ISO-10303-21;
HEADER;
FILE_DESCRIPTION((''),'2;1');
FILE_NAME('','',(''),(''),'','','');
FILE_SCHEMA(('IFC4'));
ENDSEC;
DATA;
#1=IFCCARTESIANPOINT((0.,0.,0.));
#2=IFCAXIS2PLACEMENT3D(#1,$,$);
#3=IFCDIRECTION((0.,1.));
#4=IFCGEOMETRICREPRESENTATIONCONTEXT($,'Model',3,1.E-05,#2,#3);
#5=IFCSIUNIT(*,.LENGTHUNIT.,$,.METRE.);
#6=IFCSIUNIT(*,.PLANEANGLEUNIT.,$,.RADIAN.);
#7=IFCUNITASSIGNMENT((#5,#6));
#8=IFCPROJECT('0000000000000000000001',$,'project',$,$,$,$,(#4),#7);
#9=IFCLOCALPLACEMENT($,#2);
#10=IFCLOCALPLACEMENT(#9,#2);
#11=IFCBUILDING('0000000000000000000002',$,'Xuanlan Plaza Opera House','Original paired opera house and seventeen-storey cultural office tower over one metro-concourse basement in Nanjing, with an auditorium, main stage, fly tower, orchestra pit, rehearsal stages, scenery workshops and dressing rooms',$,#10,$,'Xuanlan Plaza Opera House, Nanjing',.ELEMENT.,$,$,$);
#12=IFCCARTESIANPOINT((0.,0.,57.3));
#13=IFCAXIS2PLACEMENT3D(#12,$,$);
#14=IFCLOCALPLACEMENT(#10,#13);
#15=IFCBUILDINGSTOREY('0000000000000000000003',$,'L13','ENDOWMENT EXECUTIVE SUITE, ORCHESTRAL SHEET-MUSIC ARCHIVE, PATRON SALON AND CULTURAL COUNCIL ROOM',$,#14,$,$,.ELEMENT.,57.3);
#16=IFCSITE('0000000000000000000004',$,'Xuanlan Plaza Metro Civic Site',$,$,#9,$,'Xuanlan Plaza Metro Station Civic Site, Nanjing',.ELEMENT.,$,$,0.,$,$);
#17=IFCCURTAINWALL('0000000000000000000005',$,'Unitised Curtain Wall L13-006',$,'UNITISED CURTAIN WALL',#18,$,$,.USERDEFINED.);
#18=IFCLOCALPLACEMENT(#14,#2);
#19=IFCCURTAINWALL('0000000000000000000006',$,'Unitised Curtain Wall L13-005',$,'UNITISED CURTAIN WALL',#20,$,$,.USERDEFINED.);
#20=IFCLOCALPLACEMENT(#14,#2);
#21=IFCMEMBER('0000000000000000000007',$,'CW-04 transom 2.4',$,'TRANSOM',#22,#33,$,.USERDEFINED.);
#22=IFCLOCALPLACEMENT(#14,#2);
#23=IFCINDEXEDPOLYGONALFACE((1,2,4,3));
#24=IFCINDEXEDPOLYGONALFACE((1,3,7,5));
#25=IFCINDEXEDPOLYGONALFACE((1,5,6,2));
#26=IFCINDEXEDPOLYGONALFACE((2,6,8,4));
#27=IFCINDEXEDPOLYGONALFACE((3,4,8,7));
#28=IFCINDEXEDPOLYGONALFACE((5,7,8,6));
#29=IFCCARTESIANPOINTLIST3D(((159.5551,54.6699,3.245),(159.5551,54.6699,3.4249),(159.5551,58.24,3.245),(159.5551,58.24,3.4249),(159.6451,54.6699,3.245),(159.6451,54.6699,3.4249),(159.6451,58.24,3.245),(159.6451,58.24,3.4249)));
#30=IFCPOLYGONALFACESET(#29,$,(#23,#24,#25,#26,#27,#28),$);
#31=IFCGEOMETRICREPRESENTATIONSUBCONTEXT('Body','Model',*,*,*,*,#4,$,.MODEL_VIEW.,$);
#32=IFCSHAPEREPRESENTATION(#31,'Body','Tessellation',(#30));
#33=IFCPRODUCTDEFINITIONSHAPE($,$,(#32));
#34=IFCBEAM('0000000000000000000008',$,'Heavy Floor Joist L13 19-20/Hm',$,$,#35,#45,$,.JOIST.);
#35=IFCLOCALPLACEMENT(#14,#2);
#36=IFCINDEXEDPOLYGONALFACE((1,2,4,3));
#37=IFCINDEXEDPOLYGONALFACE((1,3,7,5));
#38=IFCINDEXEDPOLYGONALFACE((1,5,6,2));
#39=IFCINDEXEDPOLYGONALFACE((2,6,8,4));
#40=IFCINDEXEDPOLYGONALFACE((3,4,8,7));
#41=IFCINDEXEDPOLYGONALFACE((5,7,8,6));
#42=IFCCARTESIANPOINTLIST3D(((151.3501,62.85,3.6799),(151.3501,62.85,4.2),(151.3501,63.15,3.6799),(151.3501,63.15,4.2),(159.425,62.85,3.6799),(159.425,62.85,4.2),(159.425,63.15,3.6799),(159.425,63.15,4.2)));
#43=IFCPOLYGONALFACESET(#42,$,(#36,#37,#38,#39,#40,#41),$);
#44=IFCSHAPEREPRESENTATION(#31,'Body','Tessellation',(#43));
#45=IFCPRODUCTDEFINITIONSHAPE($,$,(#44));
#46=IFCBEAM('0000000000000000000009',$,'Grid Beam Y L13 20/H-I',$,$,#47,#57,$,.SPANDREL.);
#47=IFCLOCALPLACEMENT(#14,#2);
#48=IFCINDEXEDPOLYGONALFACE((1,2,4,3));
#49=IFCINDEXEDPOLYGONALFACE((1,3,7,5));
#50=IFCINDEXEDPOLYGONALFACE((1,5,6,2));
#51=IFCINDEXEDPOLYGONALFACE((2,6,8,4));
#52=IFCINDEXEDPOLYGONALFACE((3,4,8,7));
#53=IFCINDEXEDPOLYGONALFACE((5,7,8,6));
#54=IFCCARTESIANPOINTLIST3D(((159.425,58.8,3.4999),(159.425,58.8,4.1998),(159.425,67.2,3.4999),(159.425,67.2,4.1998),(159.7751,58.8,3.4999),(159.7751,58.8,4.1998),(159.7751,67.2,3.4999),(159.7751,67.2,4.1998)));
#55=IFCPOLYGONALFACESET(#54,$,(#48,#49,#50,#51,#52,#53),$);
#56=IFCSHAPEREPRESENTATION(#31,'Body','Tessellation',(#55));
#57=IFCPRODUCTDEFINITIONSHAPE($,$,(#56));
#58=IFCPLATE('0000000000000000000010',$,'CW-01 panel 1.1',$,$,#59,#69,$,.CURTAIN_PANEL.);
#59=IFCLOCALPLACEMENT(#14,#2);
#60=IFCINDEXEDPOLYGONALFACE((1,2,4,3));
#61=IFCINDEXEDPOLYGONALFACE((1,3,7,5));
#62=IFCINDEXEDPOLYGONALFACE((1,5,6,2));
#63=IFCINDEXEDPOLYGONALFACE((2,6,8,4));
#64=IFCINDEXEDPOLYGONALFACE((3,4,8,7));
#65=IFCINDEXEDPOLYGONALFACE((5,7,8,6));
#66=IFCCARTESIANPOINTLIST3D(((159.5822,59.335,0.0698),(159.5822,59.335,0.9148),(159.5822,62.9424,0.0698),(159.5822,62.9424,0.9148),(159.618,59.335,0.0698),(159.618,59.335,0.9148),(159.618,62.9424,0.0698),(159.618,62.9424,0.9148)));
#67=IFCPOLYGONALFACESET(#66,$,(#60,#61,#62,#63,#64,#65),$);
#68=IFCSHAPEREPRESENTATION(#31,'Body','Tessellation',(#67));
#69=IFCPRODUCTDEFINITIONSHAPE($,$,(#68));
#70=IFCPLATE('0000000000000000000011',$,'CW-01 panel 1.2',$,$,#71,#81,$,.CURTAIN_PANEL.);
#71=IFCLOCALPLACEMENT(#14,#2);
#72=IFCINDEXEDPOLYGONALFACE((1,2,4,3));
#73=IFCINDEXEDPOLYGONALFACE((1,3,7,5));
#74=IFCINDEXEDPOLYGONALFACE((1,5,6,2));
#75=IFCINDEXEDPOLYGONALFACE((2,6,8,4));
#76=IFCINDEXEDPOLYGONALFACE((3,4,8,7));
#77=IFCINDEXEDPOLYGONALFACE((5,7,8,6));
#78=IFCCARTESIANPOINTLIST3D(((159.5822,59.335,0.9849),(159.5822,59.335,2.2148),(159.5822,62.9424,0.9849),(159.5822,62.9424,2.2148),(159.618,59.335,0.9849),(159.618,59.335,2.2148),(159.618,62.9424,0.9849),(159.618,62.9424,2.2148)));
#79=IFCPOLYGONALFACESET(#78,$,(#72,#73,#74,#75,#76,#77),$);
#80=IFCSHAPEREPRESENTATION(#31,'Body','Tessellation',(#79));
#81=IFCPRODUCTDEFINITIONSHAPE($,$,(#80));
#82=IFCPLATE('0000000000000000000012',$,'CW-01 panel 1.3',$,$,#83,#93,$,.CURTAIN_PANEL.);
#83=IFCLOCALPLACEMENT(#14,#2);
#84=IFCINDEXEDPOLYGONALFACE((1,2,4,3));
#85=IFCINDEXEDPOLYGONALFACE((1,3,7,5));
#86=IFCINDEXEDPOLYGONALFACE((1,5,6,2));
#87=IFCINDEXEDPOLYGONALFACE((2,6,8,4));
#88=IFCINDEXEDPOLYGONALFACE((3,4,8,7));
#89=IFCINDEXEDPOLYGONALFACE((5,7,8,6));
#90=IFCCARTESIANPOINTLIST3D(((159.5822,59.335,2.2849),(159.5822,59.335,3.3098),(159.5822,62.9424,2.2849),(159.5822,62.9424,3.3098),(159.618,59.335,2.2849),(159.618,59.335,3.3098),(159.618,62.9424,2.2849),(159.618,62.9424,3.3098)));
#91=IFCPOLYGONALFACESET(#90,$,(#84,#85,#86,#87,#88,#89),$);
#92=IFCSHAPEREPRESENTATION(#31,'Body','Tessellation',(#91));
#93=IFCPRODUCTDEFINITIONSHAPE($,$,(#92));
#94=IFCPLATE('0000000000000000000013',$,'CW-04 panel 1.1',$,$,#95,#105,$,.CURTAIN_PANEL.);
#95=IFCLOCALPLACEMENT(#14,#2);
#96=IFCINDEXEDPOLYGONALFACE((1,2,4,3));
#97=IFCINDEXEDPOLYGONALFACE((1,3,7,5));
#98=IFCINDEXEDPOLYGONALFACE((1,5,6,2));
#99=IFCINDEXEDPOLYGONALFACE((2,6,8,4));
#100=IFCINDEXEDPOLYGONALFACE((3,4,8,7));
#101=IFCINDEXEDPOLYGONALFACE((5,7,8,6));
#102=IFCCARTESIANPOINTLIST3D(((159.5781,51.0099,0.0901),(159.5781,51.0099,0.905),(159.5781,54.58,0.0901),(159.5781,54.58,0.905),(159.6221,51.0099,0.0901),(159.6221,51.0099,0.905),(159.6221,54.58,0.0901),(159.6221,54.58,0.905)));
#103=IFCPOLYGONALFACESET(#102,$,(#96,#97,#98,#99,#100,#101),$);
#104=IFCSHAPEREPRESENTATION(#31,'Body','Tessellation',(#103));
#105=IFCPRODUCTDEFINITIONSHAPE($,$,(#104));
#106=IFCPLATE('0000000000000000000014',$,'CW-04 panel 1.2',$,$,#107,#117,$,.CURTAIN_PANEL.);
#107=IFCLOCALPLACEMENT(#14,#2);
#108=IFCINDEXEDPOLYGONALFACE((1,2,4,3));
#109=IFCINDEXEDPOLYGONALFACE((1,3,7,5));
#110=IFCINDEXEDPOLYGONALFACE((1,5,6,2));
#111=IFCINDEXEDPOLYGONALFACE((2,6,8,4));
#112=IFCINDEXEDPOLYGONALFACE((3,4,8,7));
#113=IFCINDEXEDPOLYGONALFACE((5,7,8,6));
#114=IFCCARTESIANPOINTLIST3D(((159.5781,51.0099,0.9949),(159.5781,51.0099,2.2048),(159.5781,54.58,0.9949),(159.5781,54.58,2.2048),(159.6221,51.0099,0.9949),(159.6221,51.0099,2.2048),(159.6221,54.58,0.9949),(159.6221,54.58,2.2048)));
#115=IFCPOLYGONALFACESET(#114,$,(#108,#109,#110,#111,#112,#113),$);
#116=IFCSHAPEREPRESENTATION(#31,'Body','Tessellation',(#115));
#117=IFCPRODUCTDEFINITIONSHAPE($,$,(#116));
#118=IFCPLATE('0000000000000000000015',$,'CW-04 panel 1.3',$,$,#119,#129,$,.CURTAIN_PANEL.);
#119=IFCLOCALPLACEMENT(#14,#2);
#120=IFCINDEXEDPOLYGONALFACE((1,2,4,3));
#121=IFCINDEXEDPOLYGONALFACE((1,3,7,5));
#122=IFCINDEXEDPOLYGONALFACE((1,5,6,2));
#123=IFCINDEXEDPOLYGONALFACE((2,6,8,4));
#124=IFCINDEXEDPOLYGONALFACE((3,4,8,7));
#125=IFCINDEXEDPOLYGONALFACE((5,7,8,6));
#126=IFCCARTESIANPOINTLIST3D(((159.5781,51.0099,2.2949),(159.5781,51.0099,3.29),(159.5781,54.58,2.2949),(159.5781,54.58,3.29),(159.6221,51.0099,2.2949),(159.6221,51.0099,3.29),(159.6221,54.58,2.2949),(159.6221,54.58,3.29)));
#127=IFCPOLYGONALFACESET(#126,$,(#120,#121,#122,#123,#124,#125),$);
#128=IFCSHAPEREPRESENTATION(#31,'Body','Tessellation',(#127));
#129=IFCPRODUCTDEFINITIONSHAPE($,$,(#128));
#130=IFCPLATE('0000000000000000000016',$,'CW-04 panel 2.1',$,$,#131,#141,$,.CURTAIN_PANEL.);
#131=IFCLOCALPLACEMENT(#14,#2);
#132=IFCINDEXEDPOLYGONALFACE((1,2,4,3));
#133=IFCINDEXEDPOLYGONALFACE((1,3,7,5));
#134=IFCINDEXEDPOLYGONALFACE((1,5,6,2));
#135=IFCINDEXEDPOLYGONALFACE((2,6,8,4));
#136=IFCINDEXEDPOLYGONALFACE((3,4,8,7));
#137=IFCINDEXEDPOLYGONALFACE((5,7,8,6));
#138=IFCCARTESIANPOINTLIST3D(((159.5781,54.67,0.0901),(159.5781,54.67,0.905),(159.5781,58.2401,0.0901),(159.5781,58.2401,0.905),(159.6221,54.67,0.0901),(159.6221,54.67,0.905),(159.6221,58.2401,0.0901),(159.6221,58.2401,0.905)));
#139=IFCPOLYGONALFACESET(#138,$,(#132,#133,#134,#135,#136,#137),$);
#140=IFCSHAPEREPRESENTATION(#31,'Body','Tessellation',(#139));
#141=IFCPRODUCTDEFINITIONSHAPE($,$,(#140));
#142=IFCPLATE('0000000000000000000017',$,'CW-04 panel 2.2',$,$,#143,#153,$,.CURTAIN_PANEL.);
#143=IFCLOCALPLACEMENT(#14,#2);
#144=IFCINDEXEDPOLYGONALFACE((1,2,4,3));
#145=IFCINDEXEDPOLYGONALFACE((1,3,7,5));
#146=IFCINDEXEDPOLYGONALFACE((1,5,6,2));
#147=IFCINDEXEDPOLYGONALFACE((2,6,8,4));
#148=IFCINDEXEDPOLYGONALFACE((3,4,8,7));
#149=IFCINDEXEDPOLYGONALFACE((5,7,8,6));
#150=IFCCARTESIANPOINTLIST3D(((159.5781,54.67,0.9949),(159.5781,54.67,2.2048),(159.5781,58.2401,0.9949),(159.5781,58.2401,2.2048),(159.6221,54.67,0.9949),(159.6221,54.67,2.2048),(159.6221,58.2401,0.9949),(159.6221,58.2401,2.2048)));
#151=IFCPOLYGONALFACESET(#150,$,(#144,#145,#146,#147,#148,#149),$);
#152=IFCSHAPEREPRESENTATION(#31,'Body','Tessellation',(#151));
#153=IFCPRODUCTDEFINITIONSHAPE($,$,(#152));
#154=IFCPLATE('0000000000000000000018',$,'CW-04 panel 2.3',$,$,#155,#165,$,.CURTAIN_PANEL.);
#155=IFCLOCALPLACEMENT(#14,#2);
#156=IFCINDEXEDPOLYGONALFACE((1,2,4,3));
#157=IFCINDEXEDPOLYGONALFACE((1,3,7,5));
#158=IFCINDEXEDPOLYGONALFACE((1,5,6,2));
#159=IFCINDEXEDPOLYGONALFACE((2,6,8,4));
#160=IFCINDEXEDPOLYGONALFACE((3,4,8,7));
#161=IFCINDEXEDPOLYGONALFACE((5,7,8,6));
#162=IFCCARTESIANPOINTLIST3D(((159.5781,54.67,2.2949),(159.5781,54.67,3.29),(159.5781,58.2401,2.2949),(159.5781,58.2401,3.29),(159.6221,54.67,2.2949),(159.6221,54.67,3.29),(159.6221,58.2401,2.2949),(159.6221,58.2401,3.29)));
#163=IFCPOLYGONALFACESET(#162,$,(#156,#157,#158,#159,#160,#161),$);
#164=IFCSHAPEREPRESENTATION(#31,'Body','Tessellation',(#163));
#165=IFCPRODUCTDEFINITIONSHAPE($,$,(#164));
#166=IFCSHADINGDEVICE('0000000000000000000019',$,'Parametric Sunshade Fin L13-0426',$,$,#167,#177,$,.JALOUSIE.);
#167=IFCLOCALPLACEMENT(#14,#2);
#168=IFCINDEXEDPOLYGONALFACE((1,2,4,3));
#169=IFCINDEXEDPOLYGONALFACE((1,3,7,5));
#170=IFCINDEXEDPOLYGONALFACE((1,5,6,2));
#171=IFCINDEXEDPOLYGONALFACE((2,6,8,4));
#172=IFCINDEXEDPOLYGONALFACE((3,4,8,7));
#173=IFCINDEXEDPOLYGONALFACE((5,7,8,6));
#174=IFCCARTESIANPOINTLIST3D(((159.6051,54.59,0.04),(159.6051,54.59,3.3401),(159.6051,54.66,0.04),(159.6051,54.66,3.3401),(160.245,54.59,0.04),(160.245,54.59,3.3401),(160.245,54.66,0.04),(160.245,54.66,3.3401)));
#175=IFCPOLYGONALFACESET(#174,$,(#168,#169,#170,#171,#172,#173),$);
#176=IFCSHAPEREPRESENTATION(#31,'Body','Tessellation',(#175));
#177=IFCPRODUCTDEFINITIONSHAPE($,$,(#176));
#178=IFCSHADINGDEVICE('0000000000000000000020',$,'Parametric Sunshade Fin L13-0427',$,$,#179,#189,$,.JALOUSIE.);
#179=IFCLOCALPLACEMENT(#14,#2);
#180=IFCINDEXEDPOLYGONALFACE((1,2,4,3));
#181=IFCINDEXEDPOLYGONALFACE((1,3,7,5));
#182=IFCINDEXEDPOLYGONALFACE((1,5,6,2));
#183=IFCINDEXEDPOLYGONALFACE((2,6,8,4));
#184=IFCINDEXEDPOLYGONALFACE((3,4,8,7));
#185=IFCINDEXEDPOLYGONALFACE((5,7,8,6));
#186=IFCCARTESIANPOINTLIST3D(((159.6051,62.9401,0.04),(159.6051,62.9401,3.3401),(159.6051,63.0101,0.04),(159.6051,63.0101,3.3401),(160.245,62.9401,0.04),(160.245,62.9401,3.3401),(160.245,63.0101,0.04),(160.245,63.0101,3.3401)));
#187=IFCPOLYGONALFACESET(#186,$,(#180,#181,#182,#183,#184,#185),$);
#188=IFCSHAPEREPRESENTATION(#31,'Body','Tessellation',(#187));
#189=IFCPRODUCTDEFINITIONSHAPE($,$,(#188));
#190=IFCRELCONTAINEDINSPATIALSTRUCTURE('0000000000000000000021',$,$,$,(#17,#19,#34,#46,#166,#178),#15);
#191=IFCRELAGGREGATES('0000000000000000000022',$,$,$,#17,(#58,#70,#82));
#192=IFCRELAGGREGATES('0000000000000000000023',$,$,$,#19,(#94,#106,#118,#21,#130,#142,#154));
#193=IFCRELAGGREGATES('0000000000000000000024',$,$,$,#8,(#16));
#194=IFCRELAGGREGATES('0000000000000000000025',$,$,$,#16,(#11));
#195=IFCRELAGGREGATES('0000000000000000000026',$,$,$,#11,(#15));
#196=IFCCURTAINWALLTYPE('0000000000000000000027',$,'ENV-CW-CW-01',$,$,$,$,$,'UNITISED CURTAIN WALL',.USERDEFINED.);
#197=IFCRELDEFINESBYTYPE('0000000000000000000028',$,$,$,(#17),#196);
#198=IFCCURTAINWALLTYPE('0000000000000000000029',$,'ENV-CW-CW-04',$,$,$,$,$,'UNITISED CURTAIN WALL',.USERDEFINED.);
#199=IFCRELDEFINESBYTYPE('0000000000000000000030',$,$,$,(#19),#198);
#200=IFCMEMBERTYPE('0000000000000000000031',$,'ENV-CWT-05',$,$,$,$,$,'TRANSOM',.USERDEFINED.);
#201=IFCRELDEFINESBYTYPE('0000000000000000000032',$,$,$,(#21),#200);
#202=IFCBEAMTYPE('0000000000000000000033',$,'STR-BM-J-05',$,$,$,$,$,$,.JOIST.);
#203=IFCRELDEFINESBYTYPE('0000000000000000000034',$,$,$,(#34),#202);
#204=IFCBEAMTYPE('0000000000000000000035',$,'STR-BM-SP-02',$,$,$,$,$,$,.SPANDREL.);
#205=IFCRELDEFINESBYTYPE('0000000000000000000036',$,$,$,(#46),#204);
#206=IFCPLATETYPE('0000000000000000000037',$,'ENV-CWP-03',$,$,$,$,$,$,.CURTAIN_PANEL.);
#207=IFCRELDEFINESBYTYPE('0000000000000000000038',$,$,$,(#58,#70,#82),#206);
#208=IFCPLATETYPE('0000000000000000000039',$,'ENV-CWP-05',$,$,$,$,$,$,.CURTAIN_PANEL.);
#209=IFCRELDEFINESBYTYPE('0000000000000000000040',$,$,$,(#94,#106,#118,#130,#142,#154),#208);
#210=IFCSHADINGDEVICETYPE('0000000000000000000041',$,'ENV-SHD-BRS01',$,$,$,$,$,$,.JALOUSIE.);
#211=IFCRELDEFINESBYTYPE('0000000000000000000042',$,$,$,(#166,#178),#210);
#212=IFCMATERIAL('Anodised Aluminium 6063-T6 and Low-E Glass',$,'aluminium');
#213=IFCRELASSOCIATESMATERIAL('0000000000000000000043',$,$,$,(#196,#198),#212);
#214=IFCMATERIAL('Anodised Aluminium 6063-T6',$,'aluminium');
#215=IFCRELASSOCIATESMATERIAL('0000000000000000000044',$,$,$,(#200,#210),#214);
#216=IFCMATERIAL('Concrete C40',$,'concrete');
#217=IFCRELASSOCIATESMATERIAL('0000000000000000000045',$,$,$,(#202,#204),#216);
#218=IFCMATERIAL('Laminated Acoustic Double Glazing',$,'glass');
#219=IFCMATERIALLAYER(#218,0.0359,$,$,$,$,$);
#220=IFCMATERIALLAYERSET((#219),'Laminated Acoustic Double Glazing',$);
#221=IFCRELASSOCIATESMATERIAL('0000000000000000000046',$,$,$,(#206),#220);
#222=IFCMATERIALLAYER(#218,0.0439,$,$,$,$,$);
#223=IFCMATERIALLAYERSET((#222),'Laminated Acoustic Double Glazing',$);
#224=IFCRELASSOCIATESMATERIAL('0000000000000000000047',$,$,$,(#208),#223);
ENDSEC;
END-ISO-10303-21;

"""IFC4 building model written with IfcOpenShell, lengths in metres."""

from ifc_helpers import new_model, si_unit, direction, frame, origin, origin_2d, place, context, subcontext, project, spatial, rectangle, extrude, material, layer, layer_set, material_profile, profile_set, type_object, element, aggregate, save


model = new_model("IFC4")

# Units and contexts
model_context = context("Model", 3, precision=1e-05, world=origin(), true_north=direction((0.0, 1.0)))
body_context = subcontext(model_context, "Body", "Model", "MODEL_VIEW")
ifc_project = project(units=[si_unit("LENGTHUNIT", "METRE"), si_unit("PLANEANGLEUNIT", "RADIAN")], contexts=[model_context])

# Site, building, storey
site_placement = place(None, origin())
site = spatial("IfcSite", under=ifc_project, at=site_placement, Name="Xuanlan Plaza Metro Civic Site", LongName="Xuanlan Plaza Metro Station Civic Site, Nanjing", CompositionType="ELEMENT", RefElevation=0.0)
building_placement = place(site_placement, origin())
building = spatial("IfcBuilding", under=site, at=building_placement, Name="Xuanlan Plaza Opera House", Description="Original paired opera house and seventeen-storey cultural office tower over one metro-concourse basement in Nanjing, with an auditorium, main stage, fly tower, orchestra pit, rehearsal stages, scenery workshops and dressing rooms", LongName="Xuanlan Plaza Opera House, Nanjing", CompositionType="ELEMENT")
storey_placement = place(building_placement, frame((0.0, 0.0, 57.3)))
storey = spatial("IfcBuildingStorey", under=building, at=storey_placement, Name="L13", Description="ENDOWMENT EXECUTIVE SUITE, ORCHESTRAL SHEET-MUSIC ARCHIVE, PATRON SALON AND CULTURAL COUNCIL ROOM", CompositionType="ELEMENT", Elevation=57.3)

# Curtain walls
ifc_material_1 = material(Name="Anodised Aluminium 6063-T6 and Low-E Glass", Category="aluminium")
curtain_wall_type_1 = type_object("IfcCurtainWallType", Name="ENV-CW-CW-01", ElementType="UNITISED CURTAIN WALL", PredefinedType="USERDEFINED", material=ifc_material_1)
curtain_wall_1_placement = place(storey_placement, origin())
curtain_wall_1 = element("IfcCurtainWall", 1, at=curtain_wall_1_placement, inside=storey, type_object=curtain_wall_type_1, Name="Unitised Curtain Wall L13-006", ObjectType="UNITISED CURTAIN WALL", PredefinedType="USERDEFINED")
ifc_material_2 = material(Name="Anodised Aluminium 6063-T6", Category="aluminium")
curtain_wall_type_2 = type_object("IfcCurtainWallType", Name="ENV-CW-CW-04", ElementType="UNITISED CURTAIN WALL", PredefinedType="USERDEFINED", material=ifc_material_1)
curtain_wall_2_placement = place(storey_placement, origin())
curtain_wall_2 = element("IfcCurtainWall", 2, at=curtain_wall_2_placement, inside=storey, type_object=curtain_wall_type_2, Name="Unitised Curtain Wall L13-005", ObjectType="UNITISED CURTAIN WALL", PredefinedType="USERDEFINED")

# Member
ifc_material_profile_1 = material_profile(ifc_material_2, rectangle(XDim=0.0901, YDim=0.1799, at=origin_2d()), Name="ALU-T 90x180")
ifc_profile_set_1 = profile_set([ifc_material_profile_1], Name="Anodised Aluminium 6063-T6")
member_type_1 = type_object("IfcMemberType", Name="ENV-CWT-05", ElementType="TRANSOM", PredefinedType="USERDEFINED", material=ifc_profile_set_1)
member_1_placement = place(storey_placement, frame((159.6001, 54.6699, 3.335), z_axis=(0.0, 1.0, 0.0), x_axis=(-1.0, 0.0, 0.0)))
member_1 = element("IfcMember", 3, at=member_1_placement, type_object=member_type_1, Name="CW-04 transom 2.4", ObjectType="TRANSOM", PredefinedType="USERDEFINED", context=body_context, shape_type="SweptSolid", body=[
    extrude(rectangle(XDim=0.0901, YDim=0.1799, at=origin_2d()), origin(), (0.0, 0.0, 1.0), 3.5701),
])

# Beams
ifc_material_3 = material(Name="Concrete C40", Category="concrete")
ifc_material_profile_2 = material_profile(ifc_material_3, rectangle(XDim=0.3, YDim=0.52, at=origin_2d()), Name="RC-JST 300x520")
ifc_profile_set_2 = profile_set([ifc_material_profile_2], Name="Concrete C40")
beam_type_1 = type_object("IfcBeamType", Name="STR-BM-J-05", PredefinedType="JOIST", material=ifc_profile_set_2)
beam_1_placement = place(storey_placement, frame((151.3501, 63.0, 3.9399), z_axis=(1.0, 0.0, 0.0), x_axis=(0.0, 1.0, 0.0)))
element("IfcBeam", 4, at=beam_1_placement, inside=storey, type_object=beam_type_1, Name="Heavy Floor Joist L13 19-20/Hm", PredefinedType="JOIST", context=body_context, shape_type="SweptSolid", body=[
    extrude(rectangle(XDim=0.3, YDim=0.52, at=origin_2d()), origin(), (0.0, 0.0, 1.0), 8.075),
])
ifc_material_profile_3 = material_profile(ifc_material_3, rectangle(XDim=0.3501, YDim=0.7, at=origin_2d()), Name="RC-SPD 350x700")
ifc_profile_set_3 = profile_set([ifc_material_profile_3], Name="Concrete C40")
beam_type_2 = type_object("IfcBeamType", Name="STR-BM-SP-02", PredefinedType="SPANDREL", material=ifc_profile_set_3)
beam_2_placement = place(storey_placement, frame((159.6001, 58.8, 3.8499), z_axis=(0.0, 1.0, 0.0), x_axis=(-1.0, 0.0, 0.0)))
element("IfcBeam", 5, at=beam_2_placement, inside=storey, type_object=beam_type_2, Name="Grid Beam Y L13 20/H-I", PredefinedType="SPANDREL", context=body_context, shape_type="SweptSolid", body=[
    extrude(rectangle(XDim=0.3501, YDim=0.7, at=origin_2d()), origin(), (0.0, 0.0, 1.0), 8.3999),
])

# Plates
ifc_material_4 = material(Name="Laminated Acoustic Double Glazing", Category="glass")
ifc_layer_1 = layer(ifc_material_4, 0.0359)
ifc_layer_set_1 = layer_set([ifc_layer_1], Name="Laminated Acoustic Double Glazing")
plate_type_1 = type_object("IfcPlateType", Name="ENV-CWP-03", PredefinedType="CURTAIN_PANEL", material=ifc_layer_set_1)
plate_1_placement = place(storey_placement, frame((159.6001, 61.1387, 0.0698), z_axis=(0.0, 0.0, 1.0), x_axis=(0.0, 1.0, 0.0)))
plate_1 = element("IfcPlate", 6, at=plate_1_placement, type_object=plate_type_1, Name="CW-01 panel 1.1", PredefinedType="CURTAIN_PANEL", context=body_context, shape_type="SweptSolid", body=[
    extrude(rectangle(XDim=3.6074, YDim=0.0359, at=origin_2d()), origin(), (0.0, 0.0, 1.0), 0.845),
])
plate_2_placement = place(storey_placement, frame((159.6001, 61.1387, 0.9849), z_axis=(0.0, 0.0, 1.0), x_axis=(0.0, 1.0, 0.0)))
plate_2 = element("IfcPlate", 7, at=plate_2_placement, type_object=plate_type_1, Name="CW-01 panel 1.2", PredefinedType="CURTAIN_PANEL", context=body_context, shape_type="SweptSolid", body=[
    extrude(rectangle(XDim=3.6074, YDim=0.0359, at=origin_2d()), origin(), (0.0, 0.0, 1.0), 1.23),
])
plate_3_placement = place(storey_placement, frame((159.6001, 61.1387, 2.2849), z_axis=(0.0, 0.0, 1.0), x_axis=(0.0, 1.0, 0.0)))
plate_3 = element("IfcPlate", 8, at=plate_3_placement, type_object=plate_type_1, Name="CW-01 panel 1.3", PredefinedType="CURTAIN_PANEL", context=body_context, shape_type="SweptSolid", body=[
    extrude(rectangle(XDim=3.6074, YDim=0.0359, at=origin_2d()), origin(), (0.0, 0.0, 1.0), 1.0249),
])
aggregate(curtain_wall_1, [plate_1, plate_2, plate_3])
ifc_layer_2 = layer(ifc_material_4, 0.0439)
ifc_layer_set_2 = layer_set([ifc_layer_2], Name="Laminated Acoustic Double Glazing")
plate_type_2 = type_object("IfcPlateType", Name="ENV-CWP-05", PredefinedType="CURTAIN_PANEL", material=ifc_layer_set_2)
plate_4_placement = place(storey_placement, frame((159.6001, 52.7949, 0.0901), z_axis=(0.0, 0.0, 1.0), x_axis=(0.0, 1.0, 0.0)))
plate_4 = element("IfcPlate", 9, at=plate_4_placement, type_object=plate_type_2, Name="CW-04 panel 1.1", PredefinedType="CURTAIN_PANEL", context=body_context, shape_type="SweptSolid", body=[
    extrude(rectangle(XDim=3.5701, YDim=0.0439, at=origin_2d()), origin(), (0.0, 0.0, 1.0), 0.8149),
])
plate_5_placement = place(storey_placement, frame((159.6001, 52.7949, 0.9949), z_axis=(0.0, 0.0, 1.0), x_axis=(0.0, 1.0, 0.0)))
plate_5 = element("IfcPlate", 10, at=plate_5_placement, type_object=plate_type_2, Name="CW-04 panel 1.2", PredefinedType="CURTAIN_PANEL", context=body_context, shape_type="SweptSolid", body=[
    extrude(rectangle(XDim=3.5701, YDim=0.0439, at=origin_2d()), origin(), (0.0, 0.0, 1.0), 1.21),
])
plate_6_placement = place(storey_placement, frame((159.6001, 52.7949, 2.2949), z_axis=(0.0, 0.0, 1.0), x_axis=(0.0, 1.0, 0.0)))
plate_6 = element("IfcPlate", 11, at=plate_6_placement, type_object=plate_type_2, Name="CW-04 panel 1.3", PredefinedType="CURTAIN_PANEL", context=body_context, shape_type="SweptSolid", body=[
    extrude(rectangle(XDim=3.5701, YDim=0.0439, at=origin_2d()), origin(), (0.0, 0.0, 1.0), 0.9951),
])
plate_7_placement = place(storey_placement, frame((159.6001, 56.4551, 0.0901), z_axis=(0.0, 0.0, 1.0), x_axis=(0.0, 1.0, 0.0)))
plate_7 = element("IfcPlate", 12, at=plate_7_placement, type_object=plate_type_2, Name="CW-04 panel 2.1", PredefinedType="CURTAIN_PANEL", context=body_context, shape_type="SweptSolid", body=[
    extrude(rectangle(XDim=3.5701, YDim=0.0439, at=origin_2d()), origin(), (0.0, 0.0, 1.0), 0.8149),
])
plate_8_placement = place(storey_placement, frame((159.6001, 56.4551, 0.9949), z_axis=(0.0, 0.0, 1.0), x_axis=(0.0, 1.0, 0.0)))
plate_8 = element("IfcPlate", 13, at=plate_8_placement, type_object=plate_type_2, Name="CW-04 panel 2.2", PredefinedType="CURTAIN_PANEL", context=body_context, shape_type="SweptSolid", body=[
    extrude(rectangle(XDim=3.5701, YDim=0.0439, at=origin_2d()), origin(), (0.0, 0.0, 1.0), 1.21),
])
plate_9_placement = place(storey_placement, frame((159.6001, 56.4551, 2.2949), z_axis=(0.0, 0.0, 1.0), x_axis=(0.0, 1.0, 0.0)))
plate_9 = element("IfcPlate", 14, at=plate_9_placement, type_object=plate_type_2, Name="CW-04 panel 2.3", PredefinedType="CURTAIN_PANEL", context=body_context, shape_type="SweptSolid", body=[
    extrude(rectangle(XDim=3.5701, YDim=0.0439, at=origin_2d()), origin(), (0.0, 0.0, 1.0), 0.9951),
])
aggregate(curtain_wall_2, [plate_4, plate_5, plate_6, member_1, plate_7, plate_8, plate_9])

# Shading devices
shading_device_type = type_object("IfcShadingDeviceType", Name="ENV-SHD-BRS01", PredefinedType="JALOUSIE", material=ifc_material_2)
for number, where, z_axis, x_axis, name in (
    (15, (159.925, 54.625, 0.04), (0.0, 0.0, 1.0), (1.0, 0.0, 0.0), "Parametric Sunshade Fin L13-0426"),
    (16, (159.925, 62.9751, 0.04), (0.0, 0.0, 1.0), (1.0, 0.0, 0.0), "Parametric Sunshade Fin L13-0427"),
):
    element("IfcShadingDevice", number, at=place(storey_placement, frame(where, z_axis=z_axis, x_axis=x_axis)), inside=storey, type_object=shading_device_type, Name=name, PredefinedType="JALOUSIE", context=body_context, shape_type="SweptSolid", body=[
        extrude(rectangle(XDim=0.6399, YDim=0.0701, at=origin_2d()), origin(), (0.0, 0.0, 1.0), 3.3),
    ])

save(model, "model.ifc")
